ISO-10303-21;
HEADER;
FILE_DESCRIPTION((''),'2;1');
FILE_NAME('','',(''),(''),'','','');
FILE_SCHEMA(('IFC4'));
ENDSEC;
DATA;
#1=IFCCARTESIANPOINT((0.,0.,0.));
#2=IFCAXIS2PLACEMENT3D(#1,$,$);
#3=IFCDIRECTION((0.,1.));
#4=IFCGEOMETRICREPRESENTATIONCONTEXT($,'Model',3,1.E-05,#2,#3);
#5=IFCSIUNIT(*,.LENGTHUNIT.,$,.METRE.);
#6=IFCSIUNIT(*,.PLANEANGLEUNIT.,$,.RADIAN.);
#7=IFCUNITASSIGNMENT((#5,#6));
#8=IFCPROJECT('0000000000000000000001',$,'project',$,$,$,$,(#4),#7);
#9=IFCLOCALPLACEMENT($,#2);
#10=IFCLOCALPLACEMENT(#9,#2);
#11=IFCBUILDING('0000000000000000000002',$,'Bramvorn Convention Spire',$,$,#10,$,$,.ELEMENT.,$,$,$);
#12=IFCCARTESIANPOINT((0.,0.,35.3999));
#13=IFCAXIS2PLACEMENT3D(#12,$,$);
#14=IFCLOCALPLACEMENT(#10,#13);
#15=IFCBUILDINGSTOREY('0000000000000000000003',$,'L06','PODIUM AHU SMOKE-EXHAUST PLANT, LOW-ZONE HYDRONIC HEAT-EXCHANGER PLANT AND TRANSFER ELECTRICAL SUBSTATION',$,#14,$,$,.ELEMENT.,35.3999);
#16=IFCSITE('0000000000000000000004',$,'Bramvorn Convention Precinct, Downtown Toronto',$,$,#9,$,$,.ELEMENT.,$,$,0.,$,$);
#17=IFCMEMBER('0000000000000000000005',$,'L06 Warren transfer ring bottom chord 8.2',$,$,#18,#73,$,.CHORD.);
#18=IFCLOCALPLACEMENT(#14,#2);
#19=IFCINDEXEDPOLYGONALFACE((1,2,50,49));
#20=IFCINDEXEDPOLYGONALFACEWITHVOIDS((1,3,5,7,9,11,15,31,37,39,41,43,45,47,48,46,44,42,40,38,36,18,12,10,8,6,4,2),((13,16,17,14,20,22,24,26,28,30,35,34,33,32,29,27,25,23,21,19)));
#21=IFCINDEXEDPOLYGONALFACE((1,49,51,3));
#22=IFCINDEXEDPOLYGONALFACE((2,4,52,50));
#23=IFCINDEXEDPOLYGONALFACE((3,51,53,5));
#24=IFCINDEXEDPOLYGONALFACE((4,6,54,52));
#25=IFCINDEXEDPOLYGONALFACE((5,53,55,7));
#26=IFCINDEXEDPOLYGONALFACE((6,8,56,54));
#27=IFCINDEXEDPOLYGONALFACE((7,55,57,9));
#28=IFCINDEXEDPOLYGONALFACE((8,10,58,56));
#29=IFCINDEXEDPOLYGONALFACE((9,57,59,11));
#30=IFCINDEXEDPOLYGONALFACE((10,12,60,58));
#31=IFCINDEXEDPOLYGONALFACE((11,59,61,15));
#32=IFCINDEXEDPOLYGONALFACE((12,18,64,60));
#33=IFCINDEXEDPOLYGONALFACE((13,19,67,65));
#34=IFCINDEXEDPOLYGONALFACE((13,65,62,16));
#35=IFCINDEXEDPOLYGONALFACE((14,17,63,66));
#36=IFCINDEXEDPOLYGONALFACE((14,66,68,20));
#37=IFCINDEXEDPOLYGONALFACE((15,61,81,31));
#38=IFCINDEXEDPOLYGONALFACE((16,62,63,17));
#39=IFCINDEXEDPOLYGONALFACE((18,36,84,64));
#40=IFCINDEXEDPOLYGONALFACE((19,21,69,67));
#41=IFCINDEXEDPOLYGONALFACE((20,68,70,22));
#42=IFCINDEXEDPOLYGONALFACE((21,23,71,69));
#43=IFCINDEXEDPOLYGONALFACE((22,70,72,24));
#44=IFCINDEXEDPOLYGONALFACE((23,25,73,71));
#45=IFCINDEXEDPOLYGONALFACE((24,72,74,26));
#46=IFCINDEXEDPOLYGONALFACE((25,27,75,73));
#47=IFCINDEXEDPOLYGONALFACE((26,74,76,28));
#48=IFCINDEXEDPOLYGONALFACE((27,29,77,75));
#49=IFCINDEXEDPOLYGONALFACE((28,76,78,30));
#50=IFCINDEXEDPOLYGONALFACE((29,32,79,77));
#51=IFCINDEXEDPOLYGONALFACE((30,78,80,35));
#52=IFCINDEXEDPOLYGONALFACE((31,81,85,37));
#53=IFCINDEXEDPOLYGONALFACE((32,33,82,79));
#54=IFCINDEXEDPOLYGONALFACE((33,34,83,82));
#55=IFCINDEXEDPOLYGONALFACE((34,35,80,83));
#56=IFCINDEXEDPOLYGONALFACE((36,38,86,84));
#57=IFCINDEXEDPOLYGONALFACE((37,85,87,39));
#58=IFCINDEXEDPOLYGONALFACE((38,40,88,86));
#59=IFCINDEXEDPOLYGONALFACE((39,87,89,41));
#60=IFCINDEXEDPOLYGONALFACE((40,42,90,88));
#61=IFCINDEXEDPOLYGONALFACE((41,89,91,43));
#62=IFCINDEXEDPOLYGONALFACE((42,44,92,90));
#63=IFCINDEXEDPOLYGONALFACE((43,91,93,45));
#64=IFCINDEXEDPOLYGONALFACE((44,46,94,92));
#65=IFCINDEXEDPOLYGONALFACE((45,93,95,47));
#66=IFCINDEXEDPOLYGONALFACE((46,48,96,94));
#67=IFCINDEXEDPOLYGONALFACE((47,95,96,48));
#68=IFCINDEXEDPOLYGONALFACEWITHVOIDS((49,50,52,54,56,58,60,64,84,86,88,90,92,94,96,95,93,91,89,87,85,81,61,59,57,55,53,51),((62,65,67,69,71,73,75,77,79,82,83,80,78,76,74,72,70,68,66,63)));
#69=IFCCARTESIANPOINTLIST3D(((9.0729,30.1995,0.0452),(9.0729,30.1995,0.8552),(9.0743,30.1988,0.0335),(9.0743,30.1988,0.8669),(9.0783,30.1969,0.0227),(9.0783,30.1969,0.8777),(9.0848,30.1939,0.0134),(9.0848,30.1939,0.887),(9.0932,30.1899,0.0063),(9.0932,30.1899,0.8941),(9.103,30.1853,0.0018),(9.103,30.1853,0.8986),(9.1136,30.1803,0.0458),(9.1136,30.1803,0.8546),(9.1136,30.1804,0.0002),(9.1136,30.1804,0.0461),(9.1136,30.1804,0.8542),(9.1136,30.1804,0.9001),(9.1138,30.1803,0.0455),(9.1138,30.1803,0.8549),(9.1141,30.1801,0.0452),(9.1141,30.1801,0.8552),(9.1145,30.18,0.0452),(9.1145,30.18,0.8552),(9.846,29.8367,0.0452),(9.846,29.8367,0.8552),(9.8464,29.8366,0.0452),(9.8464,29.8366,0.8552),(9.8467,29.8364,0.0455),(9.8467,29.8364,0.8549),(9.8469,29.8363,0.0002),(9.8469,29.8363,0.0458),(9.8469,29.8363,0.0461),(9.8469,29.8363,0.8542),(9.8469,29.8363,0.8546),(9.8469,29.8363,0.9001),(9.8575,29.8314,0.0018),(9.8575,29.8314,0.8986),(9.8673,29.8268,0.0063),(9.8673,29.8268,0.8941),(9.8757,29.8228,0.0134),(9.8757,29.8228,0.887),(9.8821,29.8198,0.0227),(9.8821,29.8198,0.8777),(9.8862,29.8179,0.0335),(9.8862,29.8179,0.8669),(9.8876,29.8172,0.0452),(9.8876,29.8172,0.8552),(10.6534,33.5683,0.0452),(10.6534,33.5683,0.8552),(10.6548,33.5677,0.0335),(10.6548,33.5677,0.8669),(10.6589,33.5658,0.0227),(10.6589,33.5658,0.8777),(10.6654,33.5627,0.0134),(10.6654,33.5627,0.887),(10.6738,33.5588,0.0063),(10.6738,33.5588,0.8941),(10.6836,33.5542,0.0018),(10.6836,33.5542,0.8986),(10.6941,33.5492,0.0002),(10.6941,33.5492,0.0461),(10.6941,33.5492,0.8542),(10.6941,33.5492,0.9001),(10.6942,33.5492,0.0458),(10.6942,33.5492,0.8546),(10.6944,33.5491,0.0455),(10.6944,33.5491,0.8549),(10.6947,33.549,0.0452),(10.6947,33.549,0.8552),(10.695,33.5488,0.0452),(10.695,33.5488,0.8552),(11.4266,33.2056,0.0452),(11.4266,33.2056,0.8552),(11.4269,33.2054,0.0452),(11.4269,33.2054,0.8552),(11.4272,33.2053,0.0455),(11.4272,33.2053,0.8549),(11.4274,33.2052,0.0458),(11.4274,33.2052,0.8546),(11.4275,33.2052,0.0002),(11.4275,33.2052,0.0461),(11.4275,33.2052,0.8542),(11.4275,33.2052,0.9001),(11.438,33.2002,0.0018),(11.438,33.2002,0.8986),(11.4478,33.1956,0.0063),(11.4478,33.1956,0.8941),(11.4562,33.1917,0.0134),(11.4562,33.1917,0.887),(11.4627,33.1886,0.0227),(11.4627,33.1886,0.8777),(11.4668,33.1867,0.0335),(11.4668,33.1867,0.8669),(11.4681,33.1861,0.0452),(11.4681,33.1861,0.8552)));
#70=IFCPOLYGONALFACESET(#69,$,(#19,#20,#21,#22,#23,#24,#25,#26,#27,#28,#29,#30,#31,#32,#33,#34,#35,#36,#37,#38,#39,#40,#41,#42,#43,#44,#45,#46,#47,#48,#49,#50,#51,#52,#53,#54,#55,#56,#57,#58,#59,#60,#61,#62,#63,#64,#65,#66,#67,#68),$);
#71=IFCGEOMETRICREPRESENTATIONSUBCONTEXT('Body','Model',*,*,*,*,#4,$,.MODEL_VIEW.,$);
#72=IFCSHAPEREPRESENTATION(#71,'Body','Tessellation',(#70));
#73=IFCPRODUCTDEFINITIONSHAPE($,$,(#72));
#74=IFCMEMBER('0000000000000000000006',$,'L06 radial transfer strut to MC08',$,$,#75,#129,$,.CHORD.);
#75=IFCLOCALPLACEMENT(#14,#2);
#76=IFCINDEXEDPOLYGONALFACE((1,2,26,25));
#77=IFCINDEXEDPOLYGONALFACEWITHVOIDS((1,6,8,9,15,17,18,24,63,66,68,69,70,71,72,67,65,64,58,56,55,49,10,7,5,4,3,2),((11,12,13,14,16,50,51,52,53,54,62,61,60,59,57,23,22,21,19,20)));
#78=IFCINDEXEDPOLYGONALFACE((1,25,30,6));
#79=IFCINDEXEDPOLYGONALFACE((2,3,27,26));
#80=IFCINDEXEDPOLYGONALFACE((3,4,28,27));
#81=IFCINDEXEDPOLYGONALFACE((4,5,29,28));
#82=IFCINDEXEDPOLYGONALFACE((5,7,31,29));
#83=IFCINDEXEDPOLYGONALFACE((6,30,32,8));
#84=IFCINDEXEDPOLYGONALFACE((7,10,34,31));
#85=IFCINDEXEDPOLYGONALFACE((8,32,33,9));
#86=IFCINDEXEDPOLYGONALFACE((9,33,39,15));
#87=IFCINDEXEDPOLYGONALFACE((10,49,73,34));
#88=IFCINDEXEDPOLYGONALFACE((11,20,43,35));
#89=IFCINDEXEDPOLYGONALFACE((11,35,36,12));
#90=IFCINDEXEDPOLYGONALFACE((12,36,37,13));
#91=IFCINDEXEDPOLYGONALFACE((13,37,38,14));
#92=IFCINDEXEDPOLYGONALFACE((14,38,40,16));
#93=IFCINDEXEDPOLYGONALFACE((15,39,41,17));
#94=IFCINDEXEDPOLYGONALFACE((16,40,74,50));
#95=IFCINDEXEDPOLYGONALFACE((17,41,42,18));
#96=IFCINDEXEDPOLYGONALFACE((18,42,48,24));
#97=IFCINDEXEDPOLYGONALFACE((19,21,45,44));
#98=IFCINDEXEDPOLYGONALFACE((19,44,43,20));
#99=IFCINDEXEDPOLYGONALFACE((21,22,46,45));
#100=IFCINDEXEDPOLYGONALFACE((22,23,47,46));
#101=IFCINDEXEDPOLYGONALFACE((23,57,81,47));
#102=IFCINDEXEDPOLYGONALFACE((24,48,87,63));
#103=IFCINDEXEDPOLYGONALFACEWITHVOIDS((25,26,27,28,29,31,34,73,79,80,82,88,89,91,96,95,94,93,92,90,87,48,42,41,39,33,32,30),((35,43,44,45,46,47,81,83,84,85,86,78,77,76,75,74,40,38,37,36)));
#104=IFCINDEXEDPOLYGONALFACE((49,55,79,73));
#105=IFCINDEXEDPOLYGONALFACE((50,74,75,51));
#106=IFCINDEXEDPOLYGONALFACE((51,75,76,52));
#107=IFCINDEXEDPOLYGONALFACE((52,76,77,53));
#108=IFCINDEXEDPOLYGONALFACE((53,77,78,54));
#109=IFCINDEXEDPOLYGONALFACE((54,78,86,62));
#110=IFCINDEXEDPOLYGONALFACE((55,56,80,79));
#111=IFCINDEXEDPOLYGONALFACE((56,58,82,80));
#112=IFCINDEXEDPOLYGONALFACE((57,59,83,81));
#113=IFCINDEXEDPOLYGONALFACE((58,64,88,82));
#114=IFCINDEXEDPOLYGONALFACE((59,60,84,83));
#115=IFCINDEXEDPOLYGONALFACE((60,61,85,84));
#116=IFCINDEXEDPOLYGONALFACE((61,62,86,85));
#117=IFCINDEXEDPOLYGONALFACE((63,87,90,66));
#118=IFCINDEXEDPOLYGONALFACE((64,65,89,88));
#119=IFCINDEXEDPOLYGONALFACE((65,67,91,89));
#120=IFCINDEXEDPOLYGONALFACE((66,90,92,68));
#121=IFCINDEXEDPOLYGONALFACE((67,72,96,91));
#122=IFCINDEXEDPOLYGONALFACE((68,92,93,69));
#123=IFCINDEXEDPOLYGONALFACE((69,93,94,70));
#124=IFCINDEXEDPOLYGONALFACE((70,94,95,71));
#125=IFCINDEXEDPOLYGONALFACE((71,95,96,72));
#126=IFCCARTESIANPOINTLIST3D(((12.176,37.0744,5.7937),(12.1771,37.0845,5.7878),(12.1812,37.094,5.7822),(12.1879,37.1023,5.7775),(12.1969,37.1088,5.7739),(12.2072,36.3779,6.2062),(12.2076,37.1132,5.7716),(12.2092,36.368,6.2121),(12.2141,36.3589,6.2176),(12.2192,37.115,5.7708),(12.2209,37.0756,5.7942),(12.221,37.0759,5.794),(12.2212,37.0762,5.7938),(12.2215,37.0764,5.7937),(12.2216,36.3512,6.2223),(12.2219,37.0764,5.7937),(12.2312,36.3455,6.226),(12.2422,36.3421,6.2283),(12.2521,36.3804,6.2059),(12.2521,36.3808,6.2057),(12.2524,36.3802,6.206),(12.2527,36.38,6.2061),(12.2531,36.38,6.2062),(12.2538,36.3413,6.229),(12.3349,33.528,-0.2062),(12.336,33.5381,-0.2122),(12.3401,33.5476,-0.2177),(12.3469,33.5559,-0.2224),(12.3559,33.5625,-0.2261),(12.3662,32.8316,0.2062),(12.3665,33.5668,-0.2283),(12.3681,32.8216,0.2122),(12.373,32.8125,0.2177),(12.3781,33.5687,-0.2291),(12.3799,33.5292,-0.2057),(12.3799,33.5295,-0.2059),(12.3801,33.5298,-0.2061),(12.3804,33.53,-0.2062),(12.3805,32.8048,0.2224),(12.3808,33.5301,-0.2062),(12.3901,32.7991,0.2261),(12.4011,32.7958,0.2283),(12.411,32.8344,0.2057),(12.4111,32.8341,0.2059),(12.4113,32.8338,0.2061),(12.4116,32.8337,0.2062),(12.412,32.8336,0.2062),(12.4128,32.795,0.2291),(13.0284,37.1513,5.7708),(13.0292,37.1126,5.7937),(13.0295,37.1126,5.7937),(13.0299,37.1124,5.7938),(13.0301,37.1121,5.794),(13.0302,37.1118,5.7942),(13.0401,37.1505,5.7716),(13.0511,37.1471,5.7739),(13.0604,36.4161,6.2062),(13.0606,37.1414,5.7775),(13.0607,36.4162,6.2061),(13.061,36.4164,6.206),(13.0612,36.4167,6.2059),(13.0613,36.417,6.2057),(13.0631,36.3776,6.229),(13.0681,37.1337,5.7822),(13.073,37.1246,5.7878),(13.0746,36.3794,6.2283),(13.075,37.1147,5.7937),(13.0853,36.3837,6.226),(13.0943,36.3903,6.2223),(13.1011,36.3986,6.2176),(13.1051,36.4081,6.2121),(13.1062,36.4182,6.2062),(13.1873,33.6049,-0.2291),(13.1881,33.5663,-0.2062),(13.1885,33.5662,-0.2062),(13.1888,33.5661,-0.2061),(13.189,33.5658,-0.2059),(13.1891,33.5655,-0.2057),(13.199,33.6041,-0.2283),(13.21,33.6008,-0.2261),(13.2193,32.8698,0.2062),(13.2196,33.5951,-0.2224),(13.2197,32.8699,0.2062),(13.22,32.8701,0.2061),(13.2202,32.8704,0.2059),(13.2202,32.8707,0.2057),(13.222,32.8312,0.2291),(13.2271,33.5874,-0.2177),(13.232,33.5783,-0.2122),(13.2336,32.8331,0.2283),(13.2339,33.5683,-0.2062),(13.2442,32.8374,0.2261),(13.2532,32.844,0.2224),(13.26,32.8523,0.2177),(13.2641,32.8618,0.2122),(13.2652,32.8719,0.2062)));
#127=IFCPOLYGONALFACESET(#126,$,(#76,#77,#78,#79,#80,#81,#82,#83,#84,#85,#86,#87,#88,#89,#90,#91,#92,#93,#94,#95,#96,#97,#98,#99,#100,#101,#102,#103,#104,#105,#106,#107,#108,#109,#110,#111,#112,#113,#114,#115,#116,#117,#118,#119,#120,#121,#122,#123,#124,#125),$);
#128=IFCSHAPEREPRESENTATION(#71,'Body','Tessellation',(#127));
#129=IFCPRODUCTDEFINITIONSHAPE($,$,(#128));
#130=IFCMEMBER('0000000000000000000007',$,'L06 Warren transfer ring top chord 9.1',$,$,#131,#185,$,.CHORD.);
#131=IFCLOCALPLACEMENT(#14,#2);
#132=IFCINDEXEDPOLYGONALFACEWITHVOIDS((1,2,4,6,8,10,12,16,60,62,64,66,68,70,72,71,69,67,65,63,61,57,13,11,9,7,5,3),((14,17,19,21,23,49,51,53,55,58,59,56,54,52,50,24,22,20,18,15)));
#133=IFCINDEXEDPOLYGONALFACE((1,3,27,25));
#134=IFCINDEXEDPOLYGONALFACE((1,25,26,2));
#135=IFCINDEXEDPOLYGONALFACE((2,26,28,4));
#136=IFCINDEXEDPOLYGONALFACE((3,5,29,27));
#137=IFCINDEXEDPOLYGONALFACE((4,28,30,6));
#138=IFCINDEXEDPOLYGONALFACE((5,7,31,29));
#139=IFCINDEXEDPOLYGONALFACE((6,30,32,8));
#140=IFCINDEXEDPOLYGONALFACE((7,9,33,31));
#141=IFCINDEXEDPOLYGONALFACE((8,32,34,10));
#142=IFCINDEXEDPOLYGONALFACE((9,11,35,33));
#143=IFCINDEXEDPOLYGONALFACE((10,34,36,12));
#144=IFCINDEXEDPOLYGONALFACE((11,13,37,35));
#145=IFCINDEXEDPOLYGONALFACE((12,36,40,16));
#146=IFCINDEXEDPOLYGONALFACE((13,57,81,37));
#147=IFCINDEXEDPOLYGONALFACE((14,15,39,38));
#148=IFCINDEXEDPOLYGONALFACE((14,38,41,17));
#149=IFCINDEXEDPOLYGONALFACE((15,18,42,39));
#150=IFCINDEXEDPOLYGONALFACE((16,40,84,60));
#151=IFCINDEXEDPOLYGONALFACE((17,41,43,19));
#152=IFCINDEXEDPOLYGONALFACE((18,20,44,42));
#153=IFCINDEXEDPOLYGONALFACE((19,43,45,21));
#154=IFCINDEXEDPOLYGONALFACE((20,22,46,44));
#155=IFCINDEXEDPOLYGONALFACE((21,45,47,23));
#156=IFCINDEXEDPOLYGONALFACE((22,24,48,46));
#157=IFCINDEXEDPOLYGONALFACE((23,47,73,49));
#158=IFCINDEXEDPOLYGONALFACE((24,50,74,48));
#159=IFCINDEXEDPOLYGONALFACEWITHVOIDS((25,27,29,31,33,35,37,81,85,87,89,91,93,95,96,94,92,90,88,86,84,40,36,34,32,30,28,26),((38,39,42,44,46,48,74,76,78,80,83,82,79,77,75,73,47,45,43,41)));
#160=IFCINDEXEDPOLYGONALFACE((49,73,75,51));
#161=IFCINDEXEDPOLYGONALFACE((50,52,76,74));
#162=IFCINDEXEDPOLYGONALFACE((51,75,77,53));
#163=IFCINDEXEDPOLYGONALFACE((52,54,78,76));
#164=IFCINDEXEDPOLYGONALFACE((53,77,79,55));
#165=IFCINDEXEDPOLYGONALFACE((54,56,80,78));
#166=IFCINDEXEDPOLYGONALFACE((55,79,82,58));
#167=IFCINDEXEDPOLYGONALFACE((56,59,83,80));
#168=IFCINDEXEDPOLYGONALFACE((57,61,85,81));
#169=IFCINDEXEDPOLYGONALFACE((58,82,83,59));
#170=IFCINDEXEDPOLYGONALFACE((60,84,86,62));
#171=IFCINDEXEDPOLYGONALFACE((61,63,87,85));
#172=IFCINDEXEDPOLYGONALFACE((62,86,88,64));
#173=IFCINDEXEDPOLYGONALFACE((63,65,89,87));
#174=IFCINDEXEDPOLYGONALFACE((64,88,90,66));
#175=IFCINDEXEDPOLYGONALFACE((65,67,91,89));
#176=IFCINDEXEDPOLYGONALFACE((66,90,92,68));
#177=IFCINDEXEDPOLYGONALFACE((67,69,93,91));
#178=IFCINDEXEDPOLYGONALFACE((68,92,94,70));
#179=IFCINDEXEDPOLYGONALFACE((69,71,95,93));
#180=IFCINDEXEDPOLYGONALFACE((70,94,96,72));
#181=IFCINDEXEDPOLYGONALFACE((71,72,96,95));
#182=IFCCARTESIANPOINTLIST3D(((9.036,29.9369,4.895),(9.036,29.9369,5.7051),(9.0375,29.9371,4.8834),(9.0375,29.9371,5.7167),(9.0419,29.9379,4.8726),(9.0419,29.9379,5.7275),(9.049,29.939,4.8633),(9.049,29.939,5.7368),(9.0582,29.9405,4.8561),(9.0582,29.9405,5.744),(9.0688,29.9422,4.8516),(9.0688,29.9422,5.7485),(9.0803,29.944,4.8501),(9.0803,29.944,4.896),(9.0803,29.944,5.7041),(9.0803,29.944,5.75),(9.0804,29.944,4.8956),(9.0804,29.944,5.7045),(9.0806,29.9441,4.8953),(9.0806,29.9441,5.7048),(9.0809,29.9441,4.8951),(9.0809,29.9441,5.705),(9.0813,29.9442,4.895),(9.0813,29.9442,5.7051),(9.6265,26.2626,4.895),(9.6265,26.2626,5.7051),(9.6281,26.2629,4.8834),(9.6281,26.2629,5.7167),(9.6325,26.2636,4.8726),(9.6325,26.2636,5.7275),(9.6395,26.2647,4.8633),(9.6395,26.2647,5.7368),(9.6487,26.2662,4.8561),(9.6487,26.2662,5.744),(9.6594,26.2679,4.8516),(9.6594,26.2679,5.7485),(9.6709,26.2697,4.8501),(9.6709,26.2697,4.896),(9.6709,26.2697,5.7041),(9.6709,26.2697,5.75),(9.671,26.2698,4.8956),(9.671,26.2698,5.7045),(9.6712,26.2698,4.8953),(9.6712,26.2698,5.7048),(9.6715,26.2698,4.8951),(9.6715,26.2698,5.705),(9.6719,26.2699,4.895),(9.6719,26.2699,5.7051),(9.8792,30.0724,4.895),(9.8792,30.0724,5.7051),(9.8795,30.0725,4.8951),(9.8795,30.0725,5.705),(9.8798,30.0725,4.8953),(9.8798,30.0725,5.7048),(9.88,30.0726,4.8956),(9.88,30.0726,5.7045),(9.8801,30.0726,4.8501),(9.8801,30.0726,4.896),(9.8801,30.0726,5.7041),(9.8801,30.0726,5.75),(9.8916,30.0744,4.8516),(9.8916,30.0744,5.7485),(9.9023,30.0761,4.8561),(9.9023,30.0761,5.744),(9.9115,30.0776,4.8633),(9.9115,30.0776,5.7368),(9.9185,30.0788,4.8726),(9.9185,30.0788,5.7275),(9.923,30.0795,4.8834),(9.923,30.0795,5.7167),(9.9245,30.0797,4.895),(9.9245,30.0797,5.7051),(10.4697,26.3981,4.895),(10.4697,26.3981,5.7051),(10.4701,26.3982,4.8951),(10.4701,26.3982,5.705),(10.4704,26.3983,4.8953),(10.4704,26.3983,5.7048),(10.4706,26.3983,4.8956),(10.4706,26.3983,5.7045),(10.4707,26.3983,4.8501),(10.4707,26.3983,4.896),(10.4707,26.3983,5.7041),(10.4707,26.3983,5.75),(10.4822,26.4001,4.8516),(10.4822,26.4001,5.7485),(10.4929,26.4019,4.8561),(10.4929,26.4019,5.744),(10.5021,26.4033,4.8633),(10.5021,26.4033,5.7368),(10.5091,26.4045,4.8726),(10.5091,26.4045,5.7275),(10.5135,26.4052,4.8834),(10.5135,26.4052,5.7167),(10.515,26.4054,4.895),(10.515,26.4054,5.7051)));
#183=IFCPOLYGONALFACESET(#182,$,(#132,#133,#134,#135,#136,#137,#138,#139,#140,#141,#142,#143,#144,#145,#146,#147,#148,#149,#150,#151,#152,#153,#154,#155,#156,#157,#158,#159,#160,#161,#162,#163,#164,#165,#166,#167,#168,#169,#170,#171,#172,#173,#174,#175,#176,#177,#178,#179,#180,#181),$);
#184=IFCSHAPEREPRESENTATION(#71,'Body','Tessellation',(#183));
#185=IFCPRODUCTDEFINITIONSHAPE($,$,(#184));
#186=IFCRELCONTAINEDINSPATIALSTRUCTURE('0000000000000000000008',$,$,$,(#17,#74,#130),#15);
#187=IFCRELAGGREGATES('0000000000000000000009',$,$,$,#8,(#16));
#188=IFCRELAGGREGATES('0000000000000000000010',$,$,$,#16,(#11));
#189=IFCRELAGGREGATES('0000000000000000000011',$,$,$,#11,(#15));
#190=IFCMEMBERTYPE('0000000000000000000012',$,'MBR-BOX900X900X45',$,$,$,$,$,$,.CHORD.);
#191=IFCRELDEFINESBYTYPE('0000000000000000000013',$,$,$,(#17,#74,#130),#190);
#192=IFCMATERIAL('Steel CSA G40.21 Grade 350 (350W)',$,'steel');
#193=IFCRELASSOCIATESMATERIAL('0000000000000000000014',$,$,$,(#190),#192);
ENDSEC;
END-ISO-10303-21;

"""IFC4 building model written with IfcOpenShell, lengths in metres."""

from ifc_helpers import new_model, si_unit, direction, frame, origin, origin_2d, place, context, subcontext, project, spatial, hollow_rectangle, extrude, material, material_profile, profile_set, type_object, element, save


model = new_model("IFC4")

# Units and contexts
model_context = context("Model", 3, precision=1e-05, world=origin(), true_north=direction((0.0, 1.0)))
body_context = subcontext(model_context, "Body", "Model", "MODEL_VIEW")
ifc_project = project(units=[si_unit("LENGTHUNIT", "METRE"), si_unit("PLANEANGLEUNIT", "RADIAN")], contexts=[model_context])

# Site, building, storey
site_placement = place(None, origin())
site = spatial("IfcSite", under=ifc_project, at=site_placement, Name="Bramvorn Convention Precinct, Downtown Toronto", CompositionType="ELEMENT", RefElevation=0.0)
building_placement = place(site_placement, origin())
building = spatial("IfcBuilding", under=site, at=building_placement, Name="Bramvorn Convention Spire", CompositionType="ELEMENT")
storey_placement = place(building_placement, frame((0.0, 0.0, 35.3999)))
storey = spatial("IfcBuildingStorey", under=building, at=storey_placement, Name="L06", Description="PODIUM AHU SMOKE-EXHAUST PLANT, LOW-ZONE HYDRONIC HEAT-EXCHANGER PLANT AND TRANSFER ELECTRICAL SUBSTATION", CompositionType="ELEMENT", Elevation=35.3999)

# Shared definitions
ifc_material_1 = material(Name="Steel CSA G40.21 Grade 350 (350W)", Category="steel")

# Members
ifc_material_profile_1 = material_profile(ifc_material_1, hollow_rectangle(XDim=0.8999, YDim=0.8999, WallThickness=0.0449, InnerFilletRadius=0.001, OuterFilletRadius=0.0449, at=origin_2d()))
ifc_profile_set_1 = profile_set([ifc_material_profile_1], Name="Steel CSA G40.21 Grade 350 (350W) - BOX900X900X45")
member_type_1 = type_object("IfcMemberType", Name="MBR-BOX900X900X45", PredefinedType="CHORD", material=ifc_profile_set_1)
for number, where, z_axis, x_axis, name in (
    (1, (11.0608, 33.3772, 0.4502), (-0.424741, -0.905315, 0.0), (0.905315, -0.424741, 0.0), "L06 Warren transfer ring bottom chord 8.2"),
):
    element("IfcMember", number, at=place(storey_placement, frame(where, z_axis=z_axis, x_axis=x_axis)), inside=storey, type_object=member_type_1, Name=name, PredefinedType="CHORD", context=body_context, shape_type="SweptSolid", body=[
        extrude(hollow_rectangle(XDim=0.8999, YDim=0.8999, WallThickness=0.0449, InnerFilletRadius=0.001, OuterFilletRadius=0.0449, at=origin_2d()), origin(), (0.0, 0.0, 1.0), 3.7212),
    ])
member_1_placement = place(storey_placement, frame((12.8, 33.2, 0.0), z_axis=(-0.022798, 0.508696, 0.860644), x_axis=(-0.998997, -0.044771, 0.0)))
element("IfcMember", 2, at=member_1_placement, inside=storey, type_object=member_type_1, Name="L06 radial transfer strut to MC08", PredefinedType="CHORD", context=body_context, shape_type="SweptSolid", body=[
    extrude(hollow_rectangle(XDim=0.8999, YDim=0.8999, WallThickness=0.0449, InnerFilletRadius=0.001, OuterFilletRadius=0.0449, at=origin_2d()), origin(), (0.0, 0.0, 1.0), 6.9714),
])
for number, where, z_axis, x_axis, name in (
    (3, (9.4802, 30.0083, 5.3), (0.158694, -0.987328, 0.0), (0.987328, 0.158694, 0.0), "L06 Warren transfer ring top chord 9.1"),
):
    element("IfcMember", number, at=place(storey_placement, frame(where, z_axis=z_axis, x_axis=x_axis)), inside=storey, type_object=member_type_1, Name=name, PredefinedType="CHORD", context=body_context, shape_type="SweptSolid", body=[
        extrude(hollow_rectangle(XDim=0.8999, YDim=0.8999, WallThickness=0.0449, InnerFilletRadius=0.001, OuterFilletRadius=0.0449, at=origin_2d()), origin(), (0.0, 0.0, 1.0), 3.7214),
    ])

save(model, "model.ifc")
